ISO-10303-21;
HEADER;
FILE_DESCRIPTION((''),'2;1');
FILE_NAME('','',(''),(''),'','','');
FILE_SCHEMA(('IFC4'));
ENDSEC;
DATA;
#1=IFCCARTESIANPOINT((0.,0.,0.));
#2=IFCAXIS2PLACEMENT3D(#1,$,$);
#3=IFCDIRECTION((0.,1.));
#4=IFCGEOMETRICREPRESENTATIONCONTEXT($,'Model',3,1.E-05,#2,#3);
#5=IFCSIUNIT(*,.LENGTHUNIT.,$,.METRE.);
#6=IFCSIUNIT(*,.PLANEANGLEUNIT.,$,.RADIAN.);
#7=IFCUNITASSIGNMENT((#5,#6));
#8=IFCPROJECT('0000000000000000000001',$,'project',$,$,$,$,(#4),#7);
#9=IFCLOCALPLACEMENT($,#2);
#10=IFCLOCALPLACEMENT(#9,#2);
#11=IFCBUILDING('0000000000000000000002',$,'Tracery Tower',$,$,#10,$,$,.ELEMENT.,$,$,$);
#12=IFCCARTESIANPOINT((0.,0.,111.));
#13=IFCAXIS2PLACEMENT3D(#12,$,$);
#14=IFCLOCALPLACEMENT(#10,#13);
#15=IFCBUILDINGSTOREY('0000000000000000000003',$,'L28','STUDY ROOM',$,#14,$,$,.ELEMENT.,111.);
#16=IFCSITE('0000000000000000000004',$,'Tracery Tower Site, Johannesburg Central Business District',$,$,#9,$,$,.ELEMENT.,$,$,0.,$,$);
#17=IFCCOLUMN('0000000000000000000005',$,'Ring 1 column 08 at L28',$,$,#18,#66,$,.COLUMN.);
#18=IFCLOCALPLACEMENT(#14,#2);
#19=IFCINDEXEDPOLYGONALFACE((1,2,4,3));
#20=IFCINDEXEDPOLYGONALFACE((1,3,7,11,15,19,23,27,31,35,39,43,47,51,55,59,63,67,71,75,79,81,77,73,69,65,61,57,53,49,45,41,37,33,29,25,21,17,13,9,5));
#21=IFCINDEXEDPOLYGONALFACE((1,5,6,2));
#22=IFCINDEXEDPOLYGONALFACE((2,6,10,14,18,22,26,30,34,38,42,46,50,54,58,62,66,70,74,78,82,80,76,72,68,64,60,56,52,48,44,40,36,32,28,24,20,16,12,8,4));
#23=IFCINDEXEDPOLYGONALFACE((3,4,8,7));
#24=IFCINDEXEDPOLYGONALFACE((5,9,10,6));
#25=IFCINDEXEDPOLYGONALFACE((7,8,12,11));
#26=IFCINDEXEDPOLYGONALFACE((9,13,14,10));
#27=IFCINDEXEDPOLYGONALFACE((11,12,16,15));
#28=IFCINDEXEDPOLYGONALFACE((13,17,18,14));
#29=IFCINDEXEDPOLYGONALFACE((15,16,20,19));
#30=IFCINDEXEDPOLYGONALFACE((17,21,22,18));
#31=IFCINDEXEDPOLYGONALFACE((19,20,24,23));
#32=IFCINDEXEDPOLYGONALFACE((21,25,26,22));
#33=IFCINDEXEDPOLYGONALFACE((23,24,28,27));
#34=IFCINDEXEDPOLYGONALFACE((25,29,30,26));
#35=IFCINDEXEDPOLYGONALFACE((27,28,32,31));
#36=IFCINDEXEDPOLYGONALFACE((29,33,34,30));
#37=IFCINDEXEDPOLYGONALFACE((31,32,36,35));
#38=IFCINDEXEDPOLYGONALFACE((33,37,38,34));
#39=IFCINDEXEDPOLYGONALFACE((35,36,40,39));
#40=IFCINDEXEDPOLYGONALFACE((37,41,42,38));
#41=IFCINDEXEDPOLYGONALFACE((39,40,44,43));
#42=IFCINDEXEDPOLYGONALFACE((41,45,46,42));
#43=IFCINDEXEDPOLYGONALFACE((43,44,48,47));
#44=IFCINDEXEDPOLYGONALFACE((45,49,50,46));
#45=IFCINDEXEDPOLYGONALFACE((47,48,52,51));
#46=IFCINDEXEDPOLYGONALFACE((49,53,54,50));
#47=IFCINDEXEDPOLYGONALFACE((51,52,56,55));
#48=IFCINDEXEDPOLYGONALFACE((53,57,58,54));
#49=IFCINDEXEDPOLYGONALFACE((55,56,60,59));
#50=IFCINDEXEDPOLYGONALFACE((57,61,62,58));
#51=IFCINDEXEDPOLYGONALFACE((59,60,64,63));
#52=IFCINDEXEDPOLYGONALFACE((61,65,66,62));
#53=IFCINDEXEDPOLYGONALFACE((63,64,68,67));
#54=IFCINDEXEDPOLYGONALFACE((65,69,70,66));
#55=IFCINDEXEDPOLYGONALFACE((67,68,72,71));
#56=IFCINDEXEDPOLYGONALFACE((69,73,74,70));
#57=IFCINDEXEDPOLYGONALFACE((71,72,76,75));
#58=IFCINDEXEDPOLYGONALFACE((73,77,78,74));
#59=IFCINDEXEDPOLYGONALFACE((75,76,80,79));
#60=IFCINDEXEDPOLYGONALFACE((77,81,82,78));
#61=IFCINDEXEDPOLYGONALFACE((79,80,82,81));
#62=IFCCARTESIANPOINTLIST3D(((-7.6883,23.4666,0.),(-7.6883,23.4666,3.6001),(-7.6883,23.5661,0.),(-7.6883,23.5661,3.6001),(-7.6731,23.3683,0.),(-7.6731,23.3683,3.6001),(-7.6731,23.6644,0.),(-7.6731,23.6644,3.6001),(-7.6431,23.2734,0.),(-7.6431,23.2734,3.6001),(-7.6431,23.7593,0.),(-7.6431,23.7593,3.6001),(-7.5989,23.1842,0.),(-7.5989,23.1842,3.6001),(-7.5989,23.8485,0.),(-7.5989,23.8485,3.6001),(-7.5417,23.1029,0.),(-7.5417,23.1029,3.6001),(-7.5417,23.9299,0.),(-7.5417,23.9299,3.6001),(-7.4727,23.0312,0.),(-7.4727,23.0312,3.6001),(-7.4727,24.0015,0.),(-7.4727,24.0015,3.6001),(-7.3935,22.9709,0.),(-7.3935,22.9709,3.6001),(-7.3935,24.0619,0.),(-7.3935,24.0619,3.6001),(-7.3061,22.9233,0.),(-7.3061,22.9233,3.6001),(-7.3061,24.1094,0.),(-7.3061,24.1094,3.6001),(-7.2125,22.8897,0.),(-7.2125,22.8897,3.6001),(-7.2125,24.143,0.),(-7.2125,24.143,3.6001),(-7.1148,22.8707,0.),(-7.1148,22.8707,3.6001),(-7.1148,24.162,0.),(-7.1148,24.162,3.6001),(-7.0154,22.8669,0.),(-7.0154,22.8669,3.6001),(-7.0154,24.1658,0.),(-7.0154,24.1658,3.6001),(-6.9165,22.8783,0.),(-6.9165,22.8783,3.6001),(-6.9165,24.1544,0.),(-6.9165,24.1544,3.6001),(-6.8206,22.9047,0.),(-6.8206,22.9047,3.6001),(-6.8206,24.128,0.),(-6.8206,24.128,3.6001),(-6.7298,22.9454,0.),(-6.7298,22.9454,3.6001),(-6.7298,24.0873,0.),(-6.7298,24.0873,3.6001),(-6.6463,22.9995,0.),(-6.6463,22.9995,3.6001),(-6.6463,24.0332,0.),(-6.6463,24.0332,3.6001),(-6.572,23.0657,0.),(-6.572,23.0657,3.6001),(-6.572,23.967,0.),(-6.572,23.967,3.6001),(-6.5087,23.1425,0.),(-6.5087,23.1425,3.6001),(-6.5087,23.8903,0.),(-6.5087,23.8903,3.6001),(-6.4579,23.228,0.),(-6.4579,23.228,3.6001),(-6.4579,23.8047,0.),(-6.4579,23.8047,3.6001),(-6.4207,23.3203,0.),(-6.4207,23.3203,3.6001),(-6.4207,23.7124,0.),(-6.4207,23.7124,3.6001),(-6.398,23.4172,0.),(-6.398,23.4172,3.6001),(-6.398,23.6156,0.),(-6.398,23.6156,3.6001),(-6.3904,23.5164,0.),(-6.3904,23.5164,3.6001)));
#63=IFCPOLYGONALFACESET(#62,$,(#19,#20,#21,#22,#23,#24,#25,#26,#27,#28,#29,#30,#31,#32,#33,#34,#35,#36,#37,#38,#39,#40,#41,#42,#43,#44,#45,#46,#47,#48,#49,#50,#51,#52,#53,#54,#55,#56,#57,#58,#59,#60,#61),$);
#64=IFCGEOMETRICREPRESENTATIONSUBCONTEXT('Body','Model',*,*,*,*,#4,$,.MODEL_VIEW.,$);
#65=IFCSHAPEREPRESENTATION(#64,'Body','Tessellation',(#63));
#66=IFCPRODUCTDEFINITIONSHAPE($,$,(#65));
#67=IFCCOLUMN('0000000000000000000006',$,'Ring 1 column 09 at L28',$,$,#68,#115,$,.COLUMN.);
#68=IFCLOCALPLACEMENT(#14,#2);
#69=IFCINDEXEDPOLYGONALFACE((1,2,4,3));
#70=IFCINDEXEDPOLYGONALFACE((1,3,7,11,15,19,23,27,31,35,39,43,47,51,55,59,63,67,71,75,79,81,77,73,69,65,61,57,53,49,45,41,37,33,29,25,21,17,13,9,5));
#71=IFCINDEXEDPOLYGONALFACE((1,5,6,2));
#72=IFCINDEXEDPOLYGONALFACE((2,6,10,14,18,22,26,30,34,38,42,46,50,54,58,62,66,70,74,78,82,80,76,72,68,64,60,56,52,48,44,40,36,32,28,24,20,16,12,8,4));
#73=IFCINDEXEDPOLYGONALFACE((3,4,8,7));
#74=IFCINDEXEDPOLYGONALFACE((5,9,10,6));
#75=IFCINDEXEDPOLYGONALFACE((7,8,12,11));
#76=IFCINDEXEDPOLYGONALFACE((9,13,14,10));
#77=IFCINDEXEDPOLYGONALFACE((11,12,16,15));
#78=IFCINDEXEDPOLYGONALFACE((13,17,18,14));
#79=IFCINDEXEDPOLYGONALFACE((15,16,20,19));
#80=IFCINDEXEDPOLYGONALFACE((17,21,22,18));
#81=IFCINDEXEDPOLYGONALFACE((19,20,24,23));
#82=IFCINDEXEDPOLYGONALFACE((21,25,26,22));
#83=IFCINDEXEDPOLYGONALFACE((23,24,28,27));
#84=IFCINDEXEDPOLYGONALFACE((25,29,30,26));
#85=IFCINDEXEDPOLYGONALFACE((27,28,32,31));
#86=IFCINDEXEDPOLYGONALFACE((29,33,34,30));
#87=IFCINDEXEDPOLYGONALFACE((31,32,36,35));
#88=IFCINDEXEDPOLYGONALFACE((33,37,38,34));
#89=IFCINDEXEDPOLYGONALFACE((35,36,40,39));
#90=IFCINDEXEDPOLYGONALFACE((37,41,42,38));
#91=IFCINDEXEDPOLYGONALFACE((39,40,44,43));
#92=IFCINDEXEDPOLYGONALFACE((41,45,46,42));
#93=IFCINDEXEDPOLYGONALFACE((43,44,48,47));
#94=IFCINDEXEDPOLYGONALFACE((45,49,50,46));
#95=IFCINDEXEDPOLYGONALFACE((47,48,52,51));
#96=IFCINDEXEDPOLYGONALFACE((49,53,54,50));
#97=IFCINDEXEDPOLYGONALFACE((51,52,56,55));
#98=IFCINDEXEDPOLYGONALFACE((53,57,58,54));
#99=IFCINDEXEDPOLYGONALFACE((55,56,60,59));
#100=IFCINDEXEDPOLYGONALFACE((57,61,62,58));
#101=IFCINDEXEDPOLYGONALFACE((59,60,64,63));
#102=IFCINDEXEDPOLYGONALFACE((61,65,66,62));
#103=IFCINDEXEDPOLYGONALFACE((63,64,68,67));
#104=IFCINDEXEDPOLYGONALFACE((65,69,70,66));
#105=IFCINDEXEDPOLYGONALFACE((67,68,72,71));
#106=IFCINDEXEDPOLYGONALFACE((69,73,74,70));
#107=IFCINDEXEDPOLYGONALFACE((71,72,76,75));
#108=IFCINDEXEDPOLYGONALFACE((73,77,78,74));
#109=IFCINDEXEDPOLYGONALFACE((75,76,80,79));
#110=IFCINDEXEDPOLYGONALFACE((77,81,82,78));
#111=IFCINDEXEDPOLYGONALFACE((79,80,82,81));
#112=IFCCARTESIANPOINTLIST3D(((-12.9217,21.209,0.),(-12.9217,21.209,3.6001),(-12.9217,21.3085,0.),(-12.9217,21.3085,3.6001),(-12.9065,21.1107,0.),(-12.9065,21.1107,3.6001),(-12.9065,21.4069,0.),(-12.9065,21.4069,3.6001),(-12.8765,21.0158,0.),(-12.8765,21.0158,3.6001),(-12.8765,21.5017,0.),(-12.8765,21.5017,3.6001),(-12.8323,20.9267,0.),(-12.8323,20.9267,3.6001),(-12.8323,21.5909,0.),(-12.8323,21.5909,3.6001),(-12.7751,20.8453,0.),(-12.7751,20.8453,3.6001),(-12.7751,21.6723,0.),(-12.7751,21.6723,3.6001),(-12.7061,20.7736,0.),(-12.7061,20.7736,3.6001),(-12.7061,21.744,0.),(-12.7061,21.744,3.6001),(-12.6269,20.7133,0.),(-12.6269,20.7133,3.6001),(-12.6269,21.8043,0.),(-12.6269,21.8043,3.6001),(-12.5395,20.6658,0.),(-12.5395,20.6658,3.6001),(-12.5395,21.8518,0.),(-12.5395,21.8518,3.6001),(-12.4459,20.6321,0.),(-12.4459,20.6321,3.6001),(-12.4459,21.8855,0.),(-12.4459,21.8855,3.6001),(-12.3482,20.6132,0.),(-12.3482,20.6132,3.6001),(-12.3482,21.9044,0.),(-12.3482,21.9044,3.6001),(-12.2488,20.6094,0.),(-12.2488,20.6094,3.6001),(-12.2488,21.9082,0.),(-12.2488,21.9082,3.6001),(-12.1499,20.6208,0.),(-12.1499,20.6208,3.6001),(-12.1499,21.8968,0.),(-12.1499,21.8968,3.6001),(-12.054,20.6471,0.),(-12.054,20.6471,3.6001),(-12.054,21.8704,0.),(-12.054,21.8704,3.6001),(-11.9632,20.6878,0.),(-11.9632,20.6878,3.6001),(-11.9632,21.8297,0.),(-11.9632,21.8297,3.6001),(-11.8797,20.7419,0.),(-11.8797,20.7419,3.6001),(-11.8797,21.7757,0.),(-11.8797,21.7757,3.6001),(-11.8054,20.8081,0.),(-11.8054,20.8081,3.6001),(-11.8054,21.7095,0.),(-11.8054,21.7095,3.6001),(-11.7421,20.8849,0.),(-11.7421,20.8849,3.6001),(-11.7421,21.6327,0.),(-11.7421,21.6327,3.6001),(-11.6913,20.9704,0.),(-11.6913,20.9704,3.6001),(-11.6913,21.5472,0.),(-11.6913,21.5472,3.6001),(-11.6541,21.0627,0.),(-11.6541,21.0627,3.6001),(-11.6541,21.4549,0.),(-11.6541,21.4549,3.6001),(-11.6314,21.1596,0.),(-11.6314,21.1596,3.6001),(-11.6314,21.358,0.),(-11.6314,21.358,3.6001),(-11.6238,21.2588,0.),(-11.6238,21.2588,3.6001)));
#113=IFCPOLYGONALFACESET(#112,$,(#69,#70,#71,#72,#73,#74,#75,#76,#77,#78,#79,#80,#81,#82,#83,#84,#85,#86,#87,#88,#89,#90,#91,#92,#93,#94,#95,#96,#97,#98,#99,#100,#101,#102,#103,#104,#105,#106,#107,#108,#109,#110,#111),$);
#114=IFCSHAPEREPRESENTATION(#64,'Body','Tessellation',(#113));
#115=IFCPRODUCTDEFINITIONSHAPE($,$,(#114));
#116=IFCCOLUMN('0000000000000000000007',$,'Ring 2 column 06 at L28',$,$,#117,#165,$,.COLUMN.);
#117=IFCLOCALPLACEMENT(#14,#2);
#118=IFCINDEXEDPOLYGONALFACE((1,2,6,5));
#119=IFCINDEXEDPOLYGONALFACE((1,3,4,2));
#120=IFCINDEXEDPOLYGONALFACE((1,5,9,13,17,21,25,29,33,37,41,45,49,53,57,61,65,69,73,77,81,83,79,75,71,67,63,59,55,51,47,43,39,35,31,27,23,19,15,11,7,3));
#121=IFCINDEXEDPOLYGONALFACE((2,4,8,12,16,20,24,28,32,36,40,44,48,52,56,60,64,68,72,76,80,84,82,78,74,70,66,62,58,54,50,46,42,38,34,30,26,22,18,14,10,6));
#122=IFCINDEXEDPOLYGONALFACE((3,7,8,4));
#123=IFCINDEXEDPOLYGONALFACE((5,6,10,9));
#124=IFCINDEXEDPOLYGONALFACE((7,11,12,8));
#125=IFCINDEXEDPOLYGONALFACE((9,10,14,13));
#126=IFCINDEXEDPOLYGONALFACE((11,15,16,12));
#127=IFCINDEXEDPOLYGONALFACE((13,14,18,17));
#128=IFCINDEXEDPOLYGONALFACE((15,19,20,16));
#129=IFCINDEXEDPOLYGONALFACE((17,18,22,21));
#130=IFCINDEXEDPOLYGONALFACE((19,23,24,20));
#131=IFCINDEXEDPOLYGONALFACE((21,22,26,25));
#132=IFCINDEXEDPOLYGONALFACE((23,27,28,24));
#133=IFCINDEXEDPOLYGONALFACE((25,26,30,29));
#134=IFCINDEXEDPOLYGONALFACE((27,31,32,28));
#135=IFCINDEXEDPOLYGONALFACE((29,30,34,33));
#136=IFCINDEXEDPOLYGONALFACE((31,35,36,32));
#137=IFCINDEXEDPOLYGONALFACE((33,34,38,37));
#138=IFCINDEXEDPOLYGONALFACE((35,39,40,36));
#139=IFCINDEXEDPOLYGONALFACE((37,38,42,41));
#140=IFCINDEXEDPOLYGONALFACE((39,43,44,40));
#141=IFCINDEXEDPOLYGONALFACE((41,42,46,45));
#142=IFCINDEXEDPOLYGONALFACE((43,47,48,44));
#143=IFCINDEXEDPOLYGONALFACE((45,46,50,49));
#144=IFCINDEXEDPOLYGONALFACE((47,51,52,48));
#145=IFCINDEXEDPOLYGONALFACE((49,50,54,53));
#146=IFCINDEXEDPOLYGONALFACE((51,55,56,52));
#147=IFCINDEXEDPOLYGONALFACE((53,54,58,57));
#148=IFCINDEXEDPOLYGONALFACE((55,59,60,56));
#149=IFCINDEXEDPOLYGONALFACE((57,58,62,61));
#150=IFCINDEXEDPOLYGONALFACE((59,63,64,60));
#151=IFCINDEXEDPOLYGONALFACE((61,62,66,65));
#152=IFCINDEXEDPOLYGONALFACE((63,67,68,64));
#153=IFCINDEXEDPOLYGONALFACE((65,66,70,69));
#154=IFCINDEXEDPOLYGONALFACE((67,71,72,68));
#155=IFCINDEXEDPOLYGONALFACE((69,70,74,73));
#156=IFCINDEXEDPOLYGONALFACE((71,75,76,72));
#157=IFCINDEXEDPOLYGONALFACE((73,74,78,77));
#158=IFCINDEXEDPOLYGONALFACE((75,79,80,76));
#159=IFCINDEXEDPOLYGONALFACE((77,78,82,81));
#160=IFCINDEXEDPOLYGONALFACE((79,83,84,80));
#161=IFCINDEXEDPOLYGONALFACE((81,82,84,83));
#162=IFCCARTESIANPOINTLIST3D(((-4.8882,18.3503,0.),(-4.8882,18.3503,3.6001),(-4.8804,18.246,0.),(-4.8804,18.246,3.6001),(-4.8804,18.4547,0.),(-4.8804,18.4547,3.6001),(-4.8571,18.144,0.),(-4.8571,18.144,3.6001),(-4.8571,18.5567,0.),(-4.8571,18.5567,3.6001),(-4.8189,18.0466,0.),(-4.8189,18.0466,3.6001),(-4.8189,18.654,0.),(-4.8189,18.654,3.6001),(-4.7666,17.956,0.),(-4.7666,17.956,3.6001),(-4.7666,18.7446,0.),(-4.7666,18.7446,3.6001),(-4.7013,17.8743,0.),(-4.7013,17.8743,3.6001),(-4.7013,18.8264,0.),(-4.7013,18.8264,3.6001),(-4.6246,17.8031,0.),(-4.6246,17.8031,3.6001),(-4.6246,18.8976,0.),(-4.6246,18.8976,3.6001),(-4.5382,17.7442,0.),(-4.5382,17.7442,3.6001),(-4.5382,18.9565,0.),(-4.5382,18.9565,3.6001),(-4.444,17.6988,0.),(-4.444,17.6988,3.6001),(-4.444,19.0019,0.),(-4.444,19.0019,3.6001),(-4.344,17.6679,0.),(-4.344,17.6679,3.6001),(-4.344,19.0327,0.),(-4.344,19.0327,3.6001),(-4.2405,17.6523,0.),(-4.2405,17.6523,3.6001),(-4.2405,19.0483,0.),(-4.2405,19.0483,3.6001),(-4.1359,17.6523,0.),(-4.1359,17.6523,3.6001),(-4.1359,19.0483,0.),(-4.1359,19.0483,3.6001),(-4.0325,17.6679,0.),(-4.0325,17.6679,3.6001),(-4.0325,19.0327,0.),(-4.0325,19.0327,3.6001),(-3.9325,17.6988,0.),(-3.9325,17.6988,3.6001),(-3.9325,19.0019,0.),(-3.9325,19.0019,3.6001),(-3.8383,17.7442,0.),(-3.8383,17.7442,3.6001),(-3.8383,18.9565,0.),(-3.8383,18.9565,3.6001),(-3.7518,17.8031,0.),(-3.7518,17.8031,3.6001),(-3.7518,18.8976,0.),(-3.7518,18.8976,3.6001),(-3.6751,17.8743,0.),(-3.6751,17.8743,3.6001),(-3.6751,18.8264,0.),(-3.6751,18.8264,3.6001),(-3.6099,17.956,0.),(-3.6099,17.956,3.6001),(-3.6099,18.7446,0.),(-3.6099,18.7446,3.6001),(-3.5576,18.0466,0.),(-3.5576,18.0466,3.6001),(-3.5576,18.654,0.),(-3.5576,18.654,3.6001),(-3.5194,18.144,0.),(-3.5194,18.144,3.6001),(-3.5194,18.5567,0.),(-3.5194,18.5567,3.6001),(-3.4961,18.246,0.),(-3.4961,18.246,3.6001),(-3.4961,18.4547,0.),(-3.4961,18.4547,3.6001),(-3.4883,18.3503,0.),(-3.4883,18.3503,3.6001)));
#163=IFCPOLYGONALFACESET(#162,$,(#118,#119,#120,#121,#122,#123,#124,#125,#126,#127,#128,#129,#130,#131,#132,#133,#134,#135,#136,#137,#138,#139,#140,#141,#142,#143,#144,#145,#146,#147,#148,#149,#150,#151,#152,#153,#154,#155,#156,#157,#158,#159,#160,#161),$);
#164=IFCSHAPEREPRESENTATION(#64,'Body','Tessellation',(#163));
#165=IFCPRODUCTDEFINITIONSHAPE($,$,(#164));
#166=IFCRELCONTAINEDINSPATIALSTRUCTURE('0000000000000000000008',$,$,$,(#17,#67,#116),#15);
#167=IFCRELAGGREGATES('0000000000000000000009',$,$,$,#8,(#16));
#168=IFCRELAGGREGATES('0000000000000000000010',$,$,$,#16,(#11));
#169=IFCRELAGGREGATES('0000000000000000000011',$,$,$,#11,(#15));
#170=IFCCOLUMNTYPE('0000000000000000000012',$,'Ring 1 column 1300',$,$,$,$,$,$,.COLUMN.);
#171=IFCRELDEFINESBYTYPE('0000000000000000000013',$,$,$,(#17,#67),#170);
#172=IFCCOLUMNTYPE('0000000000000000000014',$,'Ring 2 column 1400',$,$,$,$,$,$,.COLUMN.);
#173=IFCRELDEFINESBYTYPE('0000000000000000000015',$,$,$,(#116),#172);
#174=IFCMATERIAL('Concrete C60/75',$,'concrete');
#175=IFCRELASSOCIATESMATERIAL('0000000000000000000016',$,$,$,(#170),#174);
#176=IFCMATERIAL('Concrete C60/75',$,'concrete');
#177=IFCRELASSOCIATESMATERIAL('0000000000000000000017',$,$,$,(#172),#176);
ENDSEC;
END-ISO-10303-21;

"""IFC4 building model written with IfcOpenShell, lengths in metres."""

from ifc_helpers import new_model, si_unit, direction, frame, origin, origin_2d, place, context, subcontext, project, spatial, circle, extrude, material, material_profile, profile_set, type_object, element, save


model = new_model("IFC4")

# Units and contexts
model_context = context("Model", 3, precision=1e-05, world=origin(), true_north=direction((0.0, 1.0)))
body_context = subcontext(model_context, "Body", "Model", "MODEL_VIEW")
ifc_project = project(units=[si_unit("LENGTHUNIT", "METRE"), si_unit("PLANEANGLEUNIT", "RADIAN")], contexts=[model_context])

# Site, building, storey
site_placement = place(None, origin())
site = spatial("IfcSite", under=ifc_project, at=site_placement, Name="Tracery Tower Site, Johannesburg Central Business District", CompositionType="ELEMENT", RefElevation=0.0)
building_placement = place(site_placement, origin())
building = spatial("IfcBuilding", under=site, at=building_placement, Name="Tracery Tower", CompositionType="ELEMENT")
storey_placement = place(building_placement, frame((0.0, 0.0, 111.0)))
storey = spatial("IfcBuildingStorey", under=building, at=storey_placement, Name="L28", Description="STUDY ROOM", CompositionType="ELEMENT", Elevation=111.0)

# Columns
ifc_material_1 = material(Name="Concrete C60/75", Category="concrete")
ifc_material_profile_1 = material_profile(ifc_material_1, circle(Radius=0.6499, at=origin_2d()), Name="RC D1300")
ifc_profile_set_1 = profile_set([ifc_material_profile_1], Name="Concrete C60/75")
column_type_1 = type_object("IfcColumnType", Name="Ring 1 column 1300", PredefinedType="COLUMN", material=ifc_profile_set_1)
for number, where, z_axis, x_axis, name in (
    (1, (-7.0403, 23.5164, 0.0), (0.0, 0.0, 1.0), (1.0, 0.0, 0.0), "Ring 1 column 08 at L28"),
    (2, (-12.2737, 21.2588, 0.0), (0.0, 0.0, 1.0), (1.0, 0.0, 0.0), "Ring 1 column 09 at L28"),
):
    element("IfcColumn", number, at=place(storey_placement, frame(where, z_axis=z_axis, x_axis=x_axis)), inside=storey, type_object=column_type_1, Name=name, PredefinedType="COLUMN", context=body_context, shape_type="SweptSolid", body=[
        extrude(circle(Radius=0.6499, at=origin_2d()), origin(), (0.0, 0.0, 1.0), 3.6001),
    ])
ifc_material_2 = material(Name="Concrete C60/75", Category="concrete")
ifc_material_profile_2 = material_profile(ifc_material_2, circle(Radius=0.7, at=origin_2d()), Name="RC D1400")
ifc_profile_set_2 = profile_set([ifc_material_profile_2], Name="Concrete C60/75")
column_type_2 = type_object("IfcColumnType", Name="Ring 2 column 1400", PredefinedType="COLUMN", material=ifc_profile_set_2)
for number, where, z_axis, x_axis, name in (
    (3, (-4.1882, 18.3503, 0.0), (0.0, 0.0, 1.0), (1.0, 0.0, 0.0), "Ring 2 column 06 at L28"),
):
    element("IfcColumn", number, at=place(storey_placement, frame(where, z_axis=z_axis, x_axis=x_axis)), inside=storey, type_object=column_type_2, Name=name, PredefinedType="COLUMN", context=body_context, shape_type="SweptSolid", body=[
        extrude(circle(Radius=0.7, at=origin_2d()), origin(), (0.0, 0.0, 1.0), 3.6001),
    ])

save(model, "model.ifc")
